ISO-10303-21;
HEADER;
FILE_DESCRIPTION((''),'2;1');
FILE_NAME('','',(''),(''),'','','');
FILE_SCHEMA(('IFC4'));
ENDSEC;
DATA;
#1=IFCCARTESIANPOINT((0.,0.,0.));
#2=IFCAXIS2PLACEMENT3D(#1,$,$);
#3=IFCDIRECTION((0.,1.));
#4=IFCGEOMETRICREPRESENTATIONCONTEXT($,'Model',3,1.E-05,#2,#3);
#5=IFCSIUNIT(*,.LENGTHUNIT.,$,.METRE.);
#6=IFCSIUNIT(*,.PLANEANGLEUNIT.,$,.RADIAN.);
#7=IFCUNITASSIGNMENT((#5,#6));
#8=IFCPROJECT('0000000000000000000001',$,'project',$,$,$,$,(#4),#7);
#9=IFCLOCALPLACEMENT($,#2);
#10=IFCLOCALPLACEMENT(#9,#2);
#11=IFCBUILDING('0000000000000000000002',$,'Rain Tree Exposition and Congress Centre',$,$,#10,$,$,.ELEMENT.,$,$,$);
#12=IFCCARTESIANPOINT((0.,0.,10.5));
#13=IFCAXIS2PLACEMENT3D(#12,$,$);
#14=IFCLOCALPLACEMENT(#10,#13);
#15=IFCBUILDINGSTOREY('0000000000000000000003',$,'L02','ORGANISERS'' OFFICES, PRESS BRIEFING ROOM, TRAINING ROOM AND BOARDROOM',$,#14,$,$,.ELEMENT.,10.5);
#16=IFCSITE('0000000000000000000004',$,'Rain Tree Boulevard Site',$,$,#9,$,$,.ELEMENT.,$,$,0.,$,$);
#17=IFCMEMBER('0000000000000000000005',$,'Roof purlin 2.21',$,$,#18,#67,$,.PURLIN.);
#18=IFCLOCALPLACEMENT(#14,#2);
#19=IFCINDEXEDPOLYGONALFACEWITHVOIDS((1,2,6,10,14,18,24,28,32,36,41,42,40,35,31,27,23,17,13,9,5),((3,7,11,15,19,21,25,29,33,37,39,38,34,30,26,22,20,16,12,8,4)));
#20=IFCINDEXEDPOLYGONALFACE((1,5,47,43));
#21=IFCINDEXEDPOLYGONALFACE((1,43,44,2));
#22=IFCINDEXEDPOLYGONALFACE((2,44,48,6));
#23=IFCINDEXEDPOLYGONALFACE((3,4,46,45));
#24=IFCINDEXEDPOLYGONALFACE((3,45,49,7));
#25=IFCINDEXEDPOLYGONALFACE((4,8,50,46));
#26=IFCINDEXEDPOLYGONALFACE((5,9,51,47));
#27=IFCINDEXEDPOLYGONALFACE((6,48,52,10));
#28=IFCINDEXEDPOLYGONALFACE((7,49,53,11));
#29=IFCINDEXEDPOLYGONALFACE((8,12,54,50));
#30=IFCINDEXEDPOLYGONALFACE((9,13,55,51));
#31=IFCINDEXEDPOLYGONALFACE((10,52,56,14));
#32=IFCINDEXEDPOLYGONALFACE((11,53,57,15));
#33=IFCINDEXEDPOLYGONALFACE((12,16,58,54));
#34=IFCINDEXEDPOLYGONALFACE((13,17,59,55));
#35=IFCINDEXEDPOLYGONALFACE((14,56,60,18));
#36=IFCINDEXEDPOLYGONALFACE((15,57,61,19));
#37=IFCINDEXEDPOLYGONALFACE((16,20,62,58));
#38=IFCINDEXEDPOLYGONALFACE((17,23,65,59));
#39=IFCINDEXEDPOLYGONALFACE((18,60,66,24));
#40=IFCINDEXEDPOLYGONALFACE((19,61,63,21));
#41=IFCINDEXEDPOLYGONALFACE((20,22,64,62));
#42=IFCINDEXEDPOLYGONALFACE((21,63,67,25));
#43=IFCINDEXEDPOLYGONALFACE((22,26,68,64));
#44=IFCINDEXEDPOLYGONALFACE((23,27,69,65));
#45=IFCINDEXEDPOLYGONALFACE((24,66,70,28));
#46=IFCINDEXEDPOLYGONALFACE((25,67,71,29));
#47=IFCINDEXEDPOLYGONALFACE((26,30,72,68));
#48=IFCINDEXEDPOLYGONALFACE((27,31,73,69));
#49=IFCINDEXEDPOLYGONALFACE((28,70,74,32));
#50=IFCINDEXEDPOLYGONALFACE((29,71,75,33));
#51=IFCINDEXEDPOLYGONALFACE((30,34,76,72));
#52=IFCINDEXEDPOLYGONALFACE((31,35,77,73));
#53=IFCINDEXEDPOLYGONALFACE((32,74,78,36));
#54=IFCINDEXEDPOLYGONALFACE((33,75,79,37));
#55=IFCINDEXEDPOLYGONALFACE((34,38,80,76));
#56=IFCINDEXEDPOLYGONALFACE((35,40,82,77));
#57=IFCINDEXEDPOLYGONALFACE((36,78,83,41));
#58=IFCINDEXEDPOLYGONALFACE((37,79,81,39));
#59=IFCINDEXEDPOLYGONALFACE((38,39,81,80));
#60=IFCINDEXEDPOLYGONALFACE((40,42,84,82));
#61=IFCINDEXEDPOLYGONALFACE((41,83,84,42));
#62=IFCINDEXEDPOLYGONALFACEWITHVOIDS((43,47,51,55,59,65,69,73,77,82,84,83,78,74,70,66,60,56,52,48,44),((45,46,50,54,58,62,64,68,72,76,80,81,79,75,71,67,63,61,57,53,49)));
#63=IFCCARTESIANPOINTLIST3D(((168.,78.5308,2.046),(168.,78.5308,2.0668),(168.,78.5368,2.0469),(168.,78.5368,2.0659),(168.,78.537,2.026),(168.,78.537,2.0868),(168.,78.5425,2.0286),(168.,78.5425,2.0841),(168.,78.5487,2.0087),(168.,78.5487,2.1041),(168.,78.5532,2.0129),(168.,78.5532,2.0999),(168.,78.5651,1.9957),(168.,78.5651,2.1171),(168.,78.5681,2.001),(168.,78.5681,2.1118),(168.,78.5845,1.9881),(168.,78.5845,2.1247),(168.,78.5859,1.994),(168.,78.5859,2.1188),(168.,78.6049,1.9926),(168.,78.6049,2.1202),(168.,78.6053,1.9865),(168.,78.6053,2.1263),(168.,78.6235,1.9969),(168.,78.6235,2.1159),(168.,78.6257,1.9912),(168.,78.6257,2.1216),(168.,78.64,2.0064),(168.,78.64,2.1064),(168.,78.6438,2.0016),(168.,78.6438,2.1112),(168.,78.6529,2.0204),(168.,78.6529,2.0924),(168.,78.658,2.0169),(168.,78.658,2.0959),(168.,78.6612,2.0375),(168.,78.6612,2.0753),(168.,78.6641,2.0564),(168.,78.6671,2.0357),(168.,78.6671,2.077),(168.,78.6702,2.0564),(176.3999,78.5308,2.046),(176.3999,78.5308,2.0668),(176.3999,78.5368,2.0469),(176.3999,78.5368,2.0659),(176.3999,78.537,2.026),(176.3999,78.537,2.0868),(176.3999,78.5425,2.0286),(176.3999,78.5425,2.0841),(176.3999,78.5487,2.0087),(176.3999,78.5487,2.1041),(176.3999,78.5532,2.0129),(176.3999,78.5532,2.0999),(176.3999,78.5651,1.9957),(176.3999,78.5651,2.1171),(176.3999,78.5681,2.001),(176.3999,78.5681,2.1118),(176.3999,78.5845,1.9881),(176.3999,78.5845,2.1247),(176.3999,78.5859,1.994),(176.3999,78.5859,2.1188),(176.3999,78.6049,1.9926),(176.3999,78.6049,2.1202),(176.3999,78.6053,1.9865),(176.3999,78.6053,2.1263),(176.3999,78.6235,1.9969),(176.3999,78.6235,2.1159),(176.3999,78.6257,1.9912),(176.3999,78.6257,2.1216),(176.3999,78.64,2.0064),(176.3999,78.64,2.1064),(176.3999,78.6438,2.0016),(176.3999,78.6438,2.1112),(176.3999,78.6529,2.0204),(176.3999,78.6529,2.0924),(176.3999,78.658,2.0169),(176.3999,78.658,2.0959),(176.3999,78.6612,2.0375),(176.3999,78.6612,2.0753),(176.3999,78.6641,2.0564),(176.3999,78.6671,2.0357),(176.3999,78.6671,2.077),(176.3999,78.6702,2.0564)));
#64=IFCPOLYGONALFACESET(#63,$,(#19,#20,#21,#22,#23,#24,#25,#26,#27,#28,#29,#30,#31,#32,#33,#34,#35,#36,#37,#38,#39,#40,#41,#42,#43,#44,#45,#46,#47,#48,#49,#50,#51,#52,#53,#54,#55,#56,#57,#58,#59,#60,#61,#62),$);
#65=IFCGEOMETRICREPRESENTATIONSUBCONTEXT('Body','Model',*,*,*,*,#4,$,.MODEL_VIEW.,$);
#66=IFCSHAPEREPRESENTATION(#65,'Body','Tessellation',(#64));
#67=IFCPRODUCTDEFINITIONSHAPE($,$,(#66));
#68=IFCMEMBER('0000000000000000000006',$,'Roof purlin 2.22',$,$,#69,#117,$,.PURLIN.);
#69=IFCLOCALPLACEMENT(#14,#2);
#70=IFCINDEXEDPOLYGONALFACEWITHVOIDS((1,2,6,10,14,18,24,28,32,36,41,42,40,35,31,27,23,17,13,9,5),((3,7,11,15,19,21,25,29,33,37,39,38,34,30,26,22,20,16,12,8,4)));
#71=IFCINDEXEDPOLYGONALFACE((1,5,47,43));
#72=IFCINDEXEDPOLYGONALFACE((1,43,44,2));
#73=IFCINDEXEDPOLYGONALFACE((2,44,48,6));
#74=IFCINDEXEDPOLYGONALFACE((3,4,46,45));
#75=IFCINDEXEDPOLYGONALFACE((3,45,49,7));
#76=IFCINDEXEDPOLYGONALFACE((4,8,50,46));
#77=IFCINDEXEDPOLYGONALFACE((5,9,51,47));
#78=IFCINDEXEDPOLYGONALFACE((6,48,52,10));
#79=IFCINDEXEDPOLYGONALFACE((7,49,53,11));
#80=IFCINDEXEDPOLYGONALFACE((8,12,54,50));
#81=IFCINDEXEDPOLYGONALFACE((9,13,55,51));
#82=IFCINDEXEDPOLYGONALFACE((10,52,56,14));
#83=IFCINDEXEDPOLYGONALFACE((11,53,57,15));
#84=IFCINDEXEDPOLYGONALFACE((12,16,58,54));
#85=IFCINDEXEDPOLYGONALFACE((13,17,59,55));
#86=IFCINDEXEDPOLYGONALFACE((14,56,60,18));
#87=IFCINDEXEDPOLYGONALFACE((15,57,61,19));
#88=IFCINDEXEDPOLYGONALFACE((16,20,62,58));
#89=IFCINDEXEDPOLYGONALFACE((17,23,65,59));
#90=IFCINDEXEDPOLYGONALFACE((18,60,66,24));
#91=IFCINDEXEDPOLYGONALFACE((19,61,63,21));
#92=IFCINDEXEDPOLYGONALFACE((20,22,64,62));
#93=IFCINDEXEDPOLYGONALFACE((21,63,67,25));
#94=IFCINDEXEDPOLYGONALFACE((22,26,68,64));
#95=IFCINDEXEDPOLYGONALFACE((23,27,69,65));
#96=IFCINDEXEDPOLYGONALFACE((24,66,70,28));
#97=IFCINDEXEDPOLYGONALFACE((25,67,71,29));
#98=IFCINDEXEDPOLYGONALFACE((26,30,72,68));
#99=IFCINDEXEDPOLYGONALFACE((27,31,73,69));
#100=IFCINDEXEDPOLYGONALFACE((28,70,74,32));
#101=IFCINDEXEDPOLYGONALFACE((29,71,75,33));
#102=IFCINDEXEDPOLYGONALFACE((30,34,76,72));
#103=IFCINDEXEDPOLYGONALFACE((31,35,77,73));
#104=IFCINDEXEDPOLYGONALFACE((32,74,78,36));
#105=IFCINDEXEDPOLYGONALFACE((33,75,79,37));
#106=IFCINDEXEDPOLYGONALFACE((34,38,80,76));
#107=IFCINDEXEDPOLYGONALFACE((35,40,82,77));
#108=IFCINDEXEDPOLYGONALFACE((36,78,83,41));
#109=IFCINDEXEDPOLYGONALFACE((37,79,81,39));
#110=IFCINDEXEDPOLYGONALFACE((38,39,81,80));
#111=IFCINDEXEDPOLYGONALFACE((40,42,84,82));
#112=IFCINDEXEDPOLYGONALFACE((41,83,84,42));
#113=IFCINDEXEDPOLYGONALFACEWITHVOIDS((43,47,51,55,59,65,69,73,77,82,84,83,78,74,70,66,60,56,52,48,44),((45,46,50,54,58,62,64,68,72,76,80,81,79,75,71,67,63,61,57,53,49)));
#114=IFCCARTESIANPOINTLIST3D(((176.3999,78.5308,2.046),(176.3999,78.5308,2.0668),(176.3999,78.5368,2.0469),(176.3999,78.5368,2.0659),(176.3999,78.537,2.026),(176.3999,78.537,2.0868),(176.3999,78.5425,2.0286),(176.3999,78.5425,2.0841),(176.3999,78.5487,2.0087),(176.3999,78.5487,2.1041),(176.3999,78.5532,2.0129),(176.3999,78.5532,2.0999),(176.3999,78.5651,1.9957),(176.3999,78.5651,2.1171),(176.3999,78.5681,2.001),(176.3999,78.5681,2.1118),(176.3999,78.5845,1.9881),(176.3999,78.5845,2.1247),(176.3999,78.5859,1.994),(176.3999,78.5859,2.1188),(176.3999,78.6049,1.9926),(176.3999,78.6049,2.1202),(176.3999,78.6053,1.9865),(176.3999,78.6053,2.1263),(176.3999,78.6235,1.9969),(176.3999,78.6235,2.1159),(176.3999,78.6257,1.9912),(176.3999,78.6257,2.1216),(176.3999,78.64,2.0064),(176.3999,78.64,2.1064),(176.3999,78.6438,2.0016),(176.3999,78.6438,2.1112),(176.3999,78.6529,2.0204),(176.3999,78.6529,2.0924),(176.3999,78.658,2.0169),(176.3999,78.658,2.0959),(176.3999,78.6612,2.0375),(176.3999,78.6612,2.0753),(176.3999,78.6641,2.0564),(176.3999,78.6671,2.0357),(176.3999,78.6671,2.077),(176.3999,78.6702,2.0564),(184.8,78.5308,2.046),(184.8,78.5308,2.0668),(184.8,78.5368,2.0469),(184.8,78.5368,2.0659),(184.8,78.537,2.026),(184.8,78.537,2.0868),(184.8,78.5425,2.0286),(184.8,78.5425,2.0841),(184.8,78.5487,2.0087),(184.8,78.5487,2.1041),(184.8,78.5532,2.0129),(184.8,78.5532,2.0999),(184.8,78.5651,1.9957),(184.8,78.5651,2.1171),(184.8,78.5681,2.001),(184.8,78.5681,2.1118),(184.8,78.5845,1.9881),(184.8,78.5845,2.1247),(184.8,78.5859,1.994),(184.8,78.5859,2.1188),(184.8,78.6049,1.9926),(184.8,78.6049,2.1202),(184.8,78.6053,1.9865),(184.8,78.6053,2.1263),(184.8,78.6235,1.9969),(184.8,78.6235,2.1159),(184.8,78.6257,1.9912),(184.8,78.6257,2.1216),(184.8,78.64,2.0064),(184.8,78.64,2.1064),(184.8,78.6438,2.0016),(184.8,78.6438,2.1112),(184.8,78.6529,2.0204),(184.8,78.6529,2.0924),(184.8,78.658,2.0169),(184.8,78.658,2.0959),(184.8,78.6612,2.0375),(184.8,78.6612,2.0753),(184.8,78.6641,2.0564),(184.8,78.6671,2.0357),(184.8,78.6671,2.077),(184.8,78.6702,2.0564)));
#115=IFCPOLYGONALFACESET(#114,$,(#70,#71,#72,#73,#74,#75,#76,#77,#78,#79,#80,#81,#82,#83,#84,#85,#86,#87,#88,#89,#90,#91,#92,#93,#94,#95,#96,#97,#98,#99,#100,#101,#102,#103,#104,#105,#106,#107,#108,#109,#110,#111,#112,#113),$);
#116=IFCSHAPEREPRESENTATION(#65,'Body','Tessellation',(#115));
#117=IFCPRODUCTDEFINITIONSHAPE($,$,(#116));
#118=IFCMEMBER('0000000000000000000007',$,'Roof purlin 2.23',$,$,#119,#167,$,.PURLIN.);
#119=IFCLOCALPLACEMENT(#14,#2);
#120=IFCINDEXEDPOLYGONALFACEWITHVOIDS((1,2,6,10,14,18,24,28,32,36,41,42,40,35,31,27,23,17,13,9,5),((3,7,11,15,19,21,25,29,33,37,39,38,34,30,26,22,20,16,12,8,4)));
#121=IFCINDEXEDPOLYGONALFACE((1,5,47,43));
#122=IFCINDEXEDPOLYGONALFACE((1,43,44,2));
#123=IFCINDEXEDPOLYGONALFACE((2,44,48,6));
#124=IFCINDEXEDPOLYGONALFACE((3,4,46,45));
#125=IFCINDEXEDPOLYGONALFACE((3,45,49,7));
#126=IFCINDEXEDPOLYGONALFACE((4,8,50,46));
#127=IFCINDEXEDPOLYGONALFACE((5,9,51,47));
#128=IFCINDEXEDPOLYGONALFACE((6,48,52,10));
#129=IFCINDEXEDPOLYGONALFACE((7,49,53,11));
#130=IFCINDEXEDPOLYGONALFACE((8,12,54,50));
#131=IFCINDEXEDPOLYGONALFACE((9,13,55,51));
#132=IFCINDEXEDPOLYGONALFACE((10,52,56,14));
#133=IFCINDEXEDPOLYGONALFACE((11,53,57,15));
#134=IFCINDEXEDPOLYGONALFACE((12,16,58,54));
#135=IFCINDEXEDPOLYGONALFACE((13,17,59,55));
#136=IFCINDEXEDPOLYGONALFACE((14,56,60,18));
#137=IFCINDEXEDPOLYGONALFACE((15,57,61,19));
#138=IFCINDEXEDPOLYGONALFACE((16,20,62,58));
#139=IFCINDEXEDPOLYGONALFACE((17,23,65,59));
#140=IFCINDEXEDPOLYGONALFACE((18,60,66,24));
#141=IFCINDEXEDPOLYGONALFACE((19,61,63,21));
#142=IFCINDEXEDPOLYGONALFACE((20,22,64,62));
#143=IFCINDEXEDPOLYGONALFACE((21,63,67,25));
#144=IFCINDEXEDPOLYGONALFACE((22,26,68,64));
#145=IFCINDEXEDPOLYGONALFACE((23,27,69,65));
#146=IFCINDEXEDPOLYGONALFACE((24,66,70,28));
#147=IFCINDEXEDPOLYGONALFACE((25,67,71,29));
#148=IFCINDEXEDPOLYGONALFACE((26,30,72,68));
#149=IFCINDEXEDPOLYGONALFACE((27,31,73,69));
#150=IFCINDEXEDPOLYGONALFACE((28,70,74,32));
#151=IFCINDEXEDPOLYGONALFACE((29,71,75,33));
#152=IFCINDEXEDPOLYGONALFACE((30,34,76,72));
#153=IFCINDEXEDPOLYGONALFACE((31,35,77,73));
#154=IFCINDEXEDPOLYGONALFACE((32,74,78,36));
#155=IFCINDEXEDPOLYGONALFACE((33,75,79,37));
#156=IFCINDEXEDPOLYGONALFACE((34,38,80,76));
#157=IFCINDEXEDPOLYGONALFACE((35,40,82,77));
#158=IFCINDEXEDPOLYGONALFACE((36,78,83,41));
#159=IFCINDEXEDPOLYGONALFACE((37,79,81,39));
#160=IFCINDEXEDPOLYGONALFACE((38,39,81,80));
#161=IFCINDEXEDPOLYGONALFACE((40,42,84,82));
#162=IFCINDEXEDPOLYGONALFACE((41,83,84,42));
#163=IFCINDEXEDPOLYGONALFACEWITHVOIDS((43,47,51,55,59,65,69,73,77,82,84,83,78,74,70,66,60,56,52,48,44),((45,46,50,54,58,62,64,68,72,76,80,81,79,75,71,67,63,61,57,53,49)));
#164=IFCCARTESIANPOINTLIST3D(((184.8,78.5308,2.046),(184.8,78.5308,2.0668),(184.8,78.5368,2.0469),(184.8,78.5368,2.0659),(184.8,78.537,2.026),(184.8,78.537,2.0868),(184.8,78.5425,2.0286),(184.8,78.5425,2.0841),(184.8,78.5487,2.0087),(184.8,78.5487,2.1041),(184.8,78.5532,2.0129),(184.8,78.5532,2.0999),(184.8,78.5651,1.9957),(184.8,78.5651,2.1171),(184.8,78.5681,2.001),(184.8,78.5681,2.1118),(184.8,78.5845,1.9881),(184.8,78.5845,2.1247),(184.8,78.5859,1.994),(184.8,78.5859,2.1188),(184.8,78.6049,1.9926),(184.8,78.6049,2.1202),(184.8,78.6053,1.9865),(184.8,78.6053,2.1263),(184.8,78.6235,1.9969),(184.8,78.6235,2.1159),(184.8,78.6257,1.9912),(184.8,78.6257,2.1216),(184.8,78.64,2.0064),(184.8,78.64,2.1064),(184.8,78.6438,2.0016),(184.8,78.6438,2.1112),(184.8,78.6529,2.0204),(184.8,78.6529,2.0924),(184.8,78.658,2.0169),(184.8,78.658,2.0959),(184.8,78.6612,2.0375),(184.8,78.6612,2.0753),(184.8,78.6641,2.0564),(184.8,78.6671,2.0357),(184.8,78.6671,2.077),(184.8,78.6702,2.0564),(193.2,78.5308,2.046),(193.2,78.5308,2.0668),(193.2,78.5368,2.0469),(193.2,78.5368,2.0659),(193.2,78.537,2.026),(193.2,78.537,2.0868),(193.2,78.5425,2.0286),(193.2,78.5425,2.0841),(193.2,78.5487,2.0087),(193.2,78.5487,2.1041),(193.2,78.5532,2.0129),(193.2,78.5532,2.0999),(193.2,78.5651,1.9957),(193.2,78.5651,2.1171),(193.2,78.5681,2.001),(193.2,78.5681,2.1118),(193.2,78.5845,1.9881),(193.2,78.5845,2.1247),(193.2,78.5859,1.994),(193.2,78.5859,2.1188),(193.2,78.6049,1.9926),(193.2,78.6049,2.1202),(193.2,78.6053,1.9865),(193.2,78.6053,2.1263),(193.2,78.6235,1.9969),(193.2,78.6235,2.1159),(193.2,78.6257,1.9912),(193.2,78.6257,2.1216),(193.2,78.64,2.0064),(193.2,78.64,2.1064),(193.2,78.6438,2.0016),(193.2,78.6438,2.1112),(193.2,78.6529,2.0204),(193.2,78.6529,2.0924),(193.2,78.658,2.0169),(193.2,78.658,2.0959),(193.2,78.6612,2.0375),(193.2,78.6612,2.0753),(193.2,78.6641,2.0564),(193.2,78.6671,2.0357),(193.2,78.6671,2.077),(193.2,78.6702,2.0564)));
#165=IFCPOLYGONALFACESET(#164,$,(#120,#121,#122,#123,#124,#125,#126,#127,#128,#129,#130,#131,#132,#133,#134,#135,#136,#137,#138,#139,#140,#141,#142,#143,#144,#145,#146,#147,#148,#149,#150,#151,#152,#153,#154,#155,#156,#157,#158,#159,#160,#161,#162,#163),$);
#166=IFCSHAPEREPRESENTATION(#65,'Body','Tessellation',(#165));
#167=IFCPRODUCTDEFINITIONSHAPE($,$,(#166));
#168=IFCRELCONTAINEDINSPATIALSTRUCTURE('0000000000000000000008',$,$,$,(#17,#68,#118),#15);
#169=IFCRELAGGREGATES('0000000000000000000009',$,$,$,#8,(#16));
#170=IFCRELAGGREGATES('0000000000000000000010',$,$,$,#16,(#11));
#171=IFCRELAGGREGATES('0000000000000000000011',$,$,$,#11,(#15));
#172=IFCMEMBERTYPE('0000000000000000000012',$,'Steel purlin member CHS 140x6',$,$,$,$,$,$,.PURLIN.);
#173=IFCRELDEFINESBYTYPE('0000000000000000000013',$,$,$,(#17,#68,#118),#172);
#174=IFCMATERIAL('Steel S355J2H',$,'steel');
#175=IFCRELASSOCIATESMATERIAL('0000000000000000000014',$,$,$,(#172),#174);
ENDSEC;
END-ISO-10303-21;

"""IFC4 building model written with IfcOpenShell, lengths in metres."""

from ifc_helpers import new_model, si_unit, direction, frame, origin, origin_2d, place, context, subcontext, project, spatial, hollow_circle, extrude, material, material_profile, profile_set, type_object, element, save


model = new_model("IFC4")

# Units and contexts
model_context = context("Model", 3, precision=1e-05, world=origin(), true_north=direction((0.0, 1.0)))
body_context = subcontext(model_context, "Body", "Model", "MODEL_VIEW")
ifc_project = project(units=[si_unit("LENGTHUNIT", "METRE"), si_unit("PLANEANGLEUNIT", "RADIAN")], contexts=[model_context])

# Site, building, storey
site_placement = place(None, origin())
site = spatial("IfcSite", under=ifc_project, at=site_placement, Name="Rain Tree Boulevard Site", CompositionType="ELEMENT", RefElevation=0.0)
building_placement = place(site_placement, origin())
building = spatial("IfcBuilding", under=site, at=building_placement, Name="Rain Tree Exposition and Congress Centre", CompositionType="ELEMENT")
storey_placement = place(building_placement, frame((0.0, 0.0, 10.5)))
storey = spatial("IfcBuildingStorey", under=building, at=storey_placement, Name="L02", Description="ORGANISERS' OFFICES, PRESS BRIEFING ROOM, TRAINING ROOM AND BOARDROOM", CompositionType="ELEMENT", Elevation=10.5)

# Members
ifc_material_1 = material(Name="Steel S355J2H", Category="steel")
ifc_material_profile_1 = material_profile(ifc_material_1, hollow_circle(Radius=0.0701, WallThickness=0.0061, at=origin_2d()), Name="CHS 140x6")
ifc_profile_set_1 = profile_set([ifc_material_profile_1], Name="Steel S355J2H")
member_type_1 = type_object("IfcMemberType", Name="Steel purlin member CHS 140x6", PredefinedType="PURLIN", material=ifc_profile_set_1)
for number, where, z_axis, x_axis, name in (
    (1, (168.0, 78.6001, 2.0564), (1.0, 0.0, 0.0), (0.0, 1.0, 0.0), "Roof purlin 2.21"),
):
    element("IfcMember", number, at=place(storey_placement, frame(where, z_axis=z_axis, x_axis=x_axis)), inside=storey, type_object=member_type_1, Name=name, PredefinedType="PURLIN", context=body_context, shape_type="SweptSolid", body=[
        extrude(hollow_circle(Radius=0.0701, WallThickness=0.0061, at=origin_2d()), origin(), (0.0, 0.0, 1.0), 8.3999),
    ])
member_1_placement = place(storey_placement, frame((176.3999, 78.6001, 2.0564), z_axis=(1.0, 0.0, 0.0), x_axis=(0.0, 1.0, 0.0)))
element("IfcMember", 2, at=member_1_placement, inside=storey, type_object=member_type_1, Name="Roof purlin 2.22", PredefinedType="PURLIN", context=body_context, shape_type="SweptSolid", body=[
    extrude(hollow_circle(Radius=0.0701, WallThickness=0.0061, at=origin_2d()), origin(), (0.0, 0.0, 1.0), 8.4001),
])
member_2_placement = place(storey_placement, frame((184.8, 78.6001, 2.0564), z_axis=(1.0, 0.0, 0.0), x_axis=(0.0, 1.0, 0.0)))
element("IfcMember", 3, at=member_2_placement, inside=storey, type_object=member_type_1, Name="Roof purlin 2.23", PredefinedType="PURLIN", context=body_context, shape_type="SweptSolid", body=[
    extrude(hollow_circle(Radius=0.0701, WallThickness=0.0061, at=origin_2d()), origin(), (0.0, 0.0, 1.0), 8.3999),
])

save(model, "model.ifc")
